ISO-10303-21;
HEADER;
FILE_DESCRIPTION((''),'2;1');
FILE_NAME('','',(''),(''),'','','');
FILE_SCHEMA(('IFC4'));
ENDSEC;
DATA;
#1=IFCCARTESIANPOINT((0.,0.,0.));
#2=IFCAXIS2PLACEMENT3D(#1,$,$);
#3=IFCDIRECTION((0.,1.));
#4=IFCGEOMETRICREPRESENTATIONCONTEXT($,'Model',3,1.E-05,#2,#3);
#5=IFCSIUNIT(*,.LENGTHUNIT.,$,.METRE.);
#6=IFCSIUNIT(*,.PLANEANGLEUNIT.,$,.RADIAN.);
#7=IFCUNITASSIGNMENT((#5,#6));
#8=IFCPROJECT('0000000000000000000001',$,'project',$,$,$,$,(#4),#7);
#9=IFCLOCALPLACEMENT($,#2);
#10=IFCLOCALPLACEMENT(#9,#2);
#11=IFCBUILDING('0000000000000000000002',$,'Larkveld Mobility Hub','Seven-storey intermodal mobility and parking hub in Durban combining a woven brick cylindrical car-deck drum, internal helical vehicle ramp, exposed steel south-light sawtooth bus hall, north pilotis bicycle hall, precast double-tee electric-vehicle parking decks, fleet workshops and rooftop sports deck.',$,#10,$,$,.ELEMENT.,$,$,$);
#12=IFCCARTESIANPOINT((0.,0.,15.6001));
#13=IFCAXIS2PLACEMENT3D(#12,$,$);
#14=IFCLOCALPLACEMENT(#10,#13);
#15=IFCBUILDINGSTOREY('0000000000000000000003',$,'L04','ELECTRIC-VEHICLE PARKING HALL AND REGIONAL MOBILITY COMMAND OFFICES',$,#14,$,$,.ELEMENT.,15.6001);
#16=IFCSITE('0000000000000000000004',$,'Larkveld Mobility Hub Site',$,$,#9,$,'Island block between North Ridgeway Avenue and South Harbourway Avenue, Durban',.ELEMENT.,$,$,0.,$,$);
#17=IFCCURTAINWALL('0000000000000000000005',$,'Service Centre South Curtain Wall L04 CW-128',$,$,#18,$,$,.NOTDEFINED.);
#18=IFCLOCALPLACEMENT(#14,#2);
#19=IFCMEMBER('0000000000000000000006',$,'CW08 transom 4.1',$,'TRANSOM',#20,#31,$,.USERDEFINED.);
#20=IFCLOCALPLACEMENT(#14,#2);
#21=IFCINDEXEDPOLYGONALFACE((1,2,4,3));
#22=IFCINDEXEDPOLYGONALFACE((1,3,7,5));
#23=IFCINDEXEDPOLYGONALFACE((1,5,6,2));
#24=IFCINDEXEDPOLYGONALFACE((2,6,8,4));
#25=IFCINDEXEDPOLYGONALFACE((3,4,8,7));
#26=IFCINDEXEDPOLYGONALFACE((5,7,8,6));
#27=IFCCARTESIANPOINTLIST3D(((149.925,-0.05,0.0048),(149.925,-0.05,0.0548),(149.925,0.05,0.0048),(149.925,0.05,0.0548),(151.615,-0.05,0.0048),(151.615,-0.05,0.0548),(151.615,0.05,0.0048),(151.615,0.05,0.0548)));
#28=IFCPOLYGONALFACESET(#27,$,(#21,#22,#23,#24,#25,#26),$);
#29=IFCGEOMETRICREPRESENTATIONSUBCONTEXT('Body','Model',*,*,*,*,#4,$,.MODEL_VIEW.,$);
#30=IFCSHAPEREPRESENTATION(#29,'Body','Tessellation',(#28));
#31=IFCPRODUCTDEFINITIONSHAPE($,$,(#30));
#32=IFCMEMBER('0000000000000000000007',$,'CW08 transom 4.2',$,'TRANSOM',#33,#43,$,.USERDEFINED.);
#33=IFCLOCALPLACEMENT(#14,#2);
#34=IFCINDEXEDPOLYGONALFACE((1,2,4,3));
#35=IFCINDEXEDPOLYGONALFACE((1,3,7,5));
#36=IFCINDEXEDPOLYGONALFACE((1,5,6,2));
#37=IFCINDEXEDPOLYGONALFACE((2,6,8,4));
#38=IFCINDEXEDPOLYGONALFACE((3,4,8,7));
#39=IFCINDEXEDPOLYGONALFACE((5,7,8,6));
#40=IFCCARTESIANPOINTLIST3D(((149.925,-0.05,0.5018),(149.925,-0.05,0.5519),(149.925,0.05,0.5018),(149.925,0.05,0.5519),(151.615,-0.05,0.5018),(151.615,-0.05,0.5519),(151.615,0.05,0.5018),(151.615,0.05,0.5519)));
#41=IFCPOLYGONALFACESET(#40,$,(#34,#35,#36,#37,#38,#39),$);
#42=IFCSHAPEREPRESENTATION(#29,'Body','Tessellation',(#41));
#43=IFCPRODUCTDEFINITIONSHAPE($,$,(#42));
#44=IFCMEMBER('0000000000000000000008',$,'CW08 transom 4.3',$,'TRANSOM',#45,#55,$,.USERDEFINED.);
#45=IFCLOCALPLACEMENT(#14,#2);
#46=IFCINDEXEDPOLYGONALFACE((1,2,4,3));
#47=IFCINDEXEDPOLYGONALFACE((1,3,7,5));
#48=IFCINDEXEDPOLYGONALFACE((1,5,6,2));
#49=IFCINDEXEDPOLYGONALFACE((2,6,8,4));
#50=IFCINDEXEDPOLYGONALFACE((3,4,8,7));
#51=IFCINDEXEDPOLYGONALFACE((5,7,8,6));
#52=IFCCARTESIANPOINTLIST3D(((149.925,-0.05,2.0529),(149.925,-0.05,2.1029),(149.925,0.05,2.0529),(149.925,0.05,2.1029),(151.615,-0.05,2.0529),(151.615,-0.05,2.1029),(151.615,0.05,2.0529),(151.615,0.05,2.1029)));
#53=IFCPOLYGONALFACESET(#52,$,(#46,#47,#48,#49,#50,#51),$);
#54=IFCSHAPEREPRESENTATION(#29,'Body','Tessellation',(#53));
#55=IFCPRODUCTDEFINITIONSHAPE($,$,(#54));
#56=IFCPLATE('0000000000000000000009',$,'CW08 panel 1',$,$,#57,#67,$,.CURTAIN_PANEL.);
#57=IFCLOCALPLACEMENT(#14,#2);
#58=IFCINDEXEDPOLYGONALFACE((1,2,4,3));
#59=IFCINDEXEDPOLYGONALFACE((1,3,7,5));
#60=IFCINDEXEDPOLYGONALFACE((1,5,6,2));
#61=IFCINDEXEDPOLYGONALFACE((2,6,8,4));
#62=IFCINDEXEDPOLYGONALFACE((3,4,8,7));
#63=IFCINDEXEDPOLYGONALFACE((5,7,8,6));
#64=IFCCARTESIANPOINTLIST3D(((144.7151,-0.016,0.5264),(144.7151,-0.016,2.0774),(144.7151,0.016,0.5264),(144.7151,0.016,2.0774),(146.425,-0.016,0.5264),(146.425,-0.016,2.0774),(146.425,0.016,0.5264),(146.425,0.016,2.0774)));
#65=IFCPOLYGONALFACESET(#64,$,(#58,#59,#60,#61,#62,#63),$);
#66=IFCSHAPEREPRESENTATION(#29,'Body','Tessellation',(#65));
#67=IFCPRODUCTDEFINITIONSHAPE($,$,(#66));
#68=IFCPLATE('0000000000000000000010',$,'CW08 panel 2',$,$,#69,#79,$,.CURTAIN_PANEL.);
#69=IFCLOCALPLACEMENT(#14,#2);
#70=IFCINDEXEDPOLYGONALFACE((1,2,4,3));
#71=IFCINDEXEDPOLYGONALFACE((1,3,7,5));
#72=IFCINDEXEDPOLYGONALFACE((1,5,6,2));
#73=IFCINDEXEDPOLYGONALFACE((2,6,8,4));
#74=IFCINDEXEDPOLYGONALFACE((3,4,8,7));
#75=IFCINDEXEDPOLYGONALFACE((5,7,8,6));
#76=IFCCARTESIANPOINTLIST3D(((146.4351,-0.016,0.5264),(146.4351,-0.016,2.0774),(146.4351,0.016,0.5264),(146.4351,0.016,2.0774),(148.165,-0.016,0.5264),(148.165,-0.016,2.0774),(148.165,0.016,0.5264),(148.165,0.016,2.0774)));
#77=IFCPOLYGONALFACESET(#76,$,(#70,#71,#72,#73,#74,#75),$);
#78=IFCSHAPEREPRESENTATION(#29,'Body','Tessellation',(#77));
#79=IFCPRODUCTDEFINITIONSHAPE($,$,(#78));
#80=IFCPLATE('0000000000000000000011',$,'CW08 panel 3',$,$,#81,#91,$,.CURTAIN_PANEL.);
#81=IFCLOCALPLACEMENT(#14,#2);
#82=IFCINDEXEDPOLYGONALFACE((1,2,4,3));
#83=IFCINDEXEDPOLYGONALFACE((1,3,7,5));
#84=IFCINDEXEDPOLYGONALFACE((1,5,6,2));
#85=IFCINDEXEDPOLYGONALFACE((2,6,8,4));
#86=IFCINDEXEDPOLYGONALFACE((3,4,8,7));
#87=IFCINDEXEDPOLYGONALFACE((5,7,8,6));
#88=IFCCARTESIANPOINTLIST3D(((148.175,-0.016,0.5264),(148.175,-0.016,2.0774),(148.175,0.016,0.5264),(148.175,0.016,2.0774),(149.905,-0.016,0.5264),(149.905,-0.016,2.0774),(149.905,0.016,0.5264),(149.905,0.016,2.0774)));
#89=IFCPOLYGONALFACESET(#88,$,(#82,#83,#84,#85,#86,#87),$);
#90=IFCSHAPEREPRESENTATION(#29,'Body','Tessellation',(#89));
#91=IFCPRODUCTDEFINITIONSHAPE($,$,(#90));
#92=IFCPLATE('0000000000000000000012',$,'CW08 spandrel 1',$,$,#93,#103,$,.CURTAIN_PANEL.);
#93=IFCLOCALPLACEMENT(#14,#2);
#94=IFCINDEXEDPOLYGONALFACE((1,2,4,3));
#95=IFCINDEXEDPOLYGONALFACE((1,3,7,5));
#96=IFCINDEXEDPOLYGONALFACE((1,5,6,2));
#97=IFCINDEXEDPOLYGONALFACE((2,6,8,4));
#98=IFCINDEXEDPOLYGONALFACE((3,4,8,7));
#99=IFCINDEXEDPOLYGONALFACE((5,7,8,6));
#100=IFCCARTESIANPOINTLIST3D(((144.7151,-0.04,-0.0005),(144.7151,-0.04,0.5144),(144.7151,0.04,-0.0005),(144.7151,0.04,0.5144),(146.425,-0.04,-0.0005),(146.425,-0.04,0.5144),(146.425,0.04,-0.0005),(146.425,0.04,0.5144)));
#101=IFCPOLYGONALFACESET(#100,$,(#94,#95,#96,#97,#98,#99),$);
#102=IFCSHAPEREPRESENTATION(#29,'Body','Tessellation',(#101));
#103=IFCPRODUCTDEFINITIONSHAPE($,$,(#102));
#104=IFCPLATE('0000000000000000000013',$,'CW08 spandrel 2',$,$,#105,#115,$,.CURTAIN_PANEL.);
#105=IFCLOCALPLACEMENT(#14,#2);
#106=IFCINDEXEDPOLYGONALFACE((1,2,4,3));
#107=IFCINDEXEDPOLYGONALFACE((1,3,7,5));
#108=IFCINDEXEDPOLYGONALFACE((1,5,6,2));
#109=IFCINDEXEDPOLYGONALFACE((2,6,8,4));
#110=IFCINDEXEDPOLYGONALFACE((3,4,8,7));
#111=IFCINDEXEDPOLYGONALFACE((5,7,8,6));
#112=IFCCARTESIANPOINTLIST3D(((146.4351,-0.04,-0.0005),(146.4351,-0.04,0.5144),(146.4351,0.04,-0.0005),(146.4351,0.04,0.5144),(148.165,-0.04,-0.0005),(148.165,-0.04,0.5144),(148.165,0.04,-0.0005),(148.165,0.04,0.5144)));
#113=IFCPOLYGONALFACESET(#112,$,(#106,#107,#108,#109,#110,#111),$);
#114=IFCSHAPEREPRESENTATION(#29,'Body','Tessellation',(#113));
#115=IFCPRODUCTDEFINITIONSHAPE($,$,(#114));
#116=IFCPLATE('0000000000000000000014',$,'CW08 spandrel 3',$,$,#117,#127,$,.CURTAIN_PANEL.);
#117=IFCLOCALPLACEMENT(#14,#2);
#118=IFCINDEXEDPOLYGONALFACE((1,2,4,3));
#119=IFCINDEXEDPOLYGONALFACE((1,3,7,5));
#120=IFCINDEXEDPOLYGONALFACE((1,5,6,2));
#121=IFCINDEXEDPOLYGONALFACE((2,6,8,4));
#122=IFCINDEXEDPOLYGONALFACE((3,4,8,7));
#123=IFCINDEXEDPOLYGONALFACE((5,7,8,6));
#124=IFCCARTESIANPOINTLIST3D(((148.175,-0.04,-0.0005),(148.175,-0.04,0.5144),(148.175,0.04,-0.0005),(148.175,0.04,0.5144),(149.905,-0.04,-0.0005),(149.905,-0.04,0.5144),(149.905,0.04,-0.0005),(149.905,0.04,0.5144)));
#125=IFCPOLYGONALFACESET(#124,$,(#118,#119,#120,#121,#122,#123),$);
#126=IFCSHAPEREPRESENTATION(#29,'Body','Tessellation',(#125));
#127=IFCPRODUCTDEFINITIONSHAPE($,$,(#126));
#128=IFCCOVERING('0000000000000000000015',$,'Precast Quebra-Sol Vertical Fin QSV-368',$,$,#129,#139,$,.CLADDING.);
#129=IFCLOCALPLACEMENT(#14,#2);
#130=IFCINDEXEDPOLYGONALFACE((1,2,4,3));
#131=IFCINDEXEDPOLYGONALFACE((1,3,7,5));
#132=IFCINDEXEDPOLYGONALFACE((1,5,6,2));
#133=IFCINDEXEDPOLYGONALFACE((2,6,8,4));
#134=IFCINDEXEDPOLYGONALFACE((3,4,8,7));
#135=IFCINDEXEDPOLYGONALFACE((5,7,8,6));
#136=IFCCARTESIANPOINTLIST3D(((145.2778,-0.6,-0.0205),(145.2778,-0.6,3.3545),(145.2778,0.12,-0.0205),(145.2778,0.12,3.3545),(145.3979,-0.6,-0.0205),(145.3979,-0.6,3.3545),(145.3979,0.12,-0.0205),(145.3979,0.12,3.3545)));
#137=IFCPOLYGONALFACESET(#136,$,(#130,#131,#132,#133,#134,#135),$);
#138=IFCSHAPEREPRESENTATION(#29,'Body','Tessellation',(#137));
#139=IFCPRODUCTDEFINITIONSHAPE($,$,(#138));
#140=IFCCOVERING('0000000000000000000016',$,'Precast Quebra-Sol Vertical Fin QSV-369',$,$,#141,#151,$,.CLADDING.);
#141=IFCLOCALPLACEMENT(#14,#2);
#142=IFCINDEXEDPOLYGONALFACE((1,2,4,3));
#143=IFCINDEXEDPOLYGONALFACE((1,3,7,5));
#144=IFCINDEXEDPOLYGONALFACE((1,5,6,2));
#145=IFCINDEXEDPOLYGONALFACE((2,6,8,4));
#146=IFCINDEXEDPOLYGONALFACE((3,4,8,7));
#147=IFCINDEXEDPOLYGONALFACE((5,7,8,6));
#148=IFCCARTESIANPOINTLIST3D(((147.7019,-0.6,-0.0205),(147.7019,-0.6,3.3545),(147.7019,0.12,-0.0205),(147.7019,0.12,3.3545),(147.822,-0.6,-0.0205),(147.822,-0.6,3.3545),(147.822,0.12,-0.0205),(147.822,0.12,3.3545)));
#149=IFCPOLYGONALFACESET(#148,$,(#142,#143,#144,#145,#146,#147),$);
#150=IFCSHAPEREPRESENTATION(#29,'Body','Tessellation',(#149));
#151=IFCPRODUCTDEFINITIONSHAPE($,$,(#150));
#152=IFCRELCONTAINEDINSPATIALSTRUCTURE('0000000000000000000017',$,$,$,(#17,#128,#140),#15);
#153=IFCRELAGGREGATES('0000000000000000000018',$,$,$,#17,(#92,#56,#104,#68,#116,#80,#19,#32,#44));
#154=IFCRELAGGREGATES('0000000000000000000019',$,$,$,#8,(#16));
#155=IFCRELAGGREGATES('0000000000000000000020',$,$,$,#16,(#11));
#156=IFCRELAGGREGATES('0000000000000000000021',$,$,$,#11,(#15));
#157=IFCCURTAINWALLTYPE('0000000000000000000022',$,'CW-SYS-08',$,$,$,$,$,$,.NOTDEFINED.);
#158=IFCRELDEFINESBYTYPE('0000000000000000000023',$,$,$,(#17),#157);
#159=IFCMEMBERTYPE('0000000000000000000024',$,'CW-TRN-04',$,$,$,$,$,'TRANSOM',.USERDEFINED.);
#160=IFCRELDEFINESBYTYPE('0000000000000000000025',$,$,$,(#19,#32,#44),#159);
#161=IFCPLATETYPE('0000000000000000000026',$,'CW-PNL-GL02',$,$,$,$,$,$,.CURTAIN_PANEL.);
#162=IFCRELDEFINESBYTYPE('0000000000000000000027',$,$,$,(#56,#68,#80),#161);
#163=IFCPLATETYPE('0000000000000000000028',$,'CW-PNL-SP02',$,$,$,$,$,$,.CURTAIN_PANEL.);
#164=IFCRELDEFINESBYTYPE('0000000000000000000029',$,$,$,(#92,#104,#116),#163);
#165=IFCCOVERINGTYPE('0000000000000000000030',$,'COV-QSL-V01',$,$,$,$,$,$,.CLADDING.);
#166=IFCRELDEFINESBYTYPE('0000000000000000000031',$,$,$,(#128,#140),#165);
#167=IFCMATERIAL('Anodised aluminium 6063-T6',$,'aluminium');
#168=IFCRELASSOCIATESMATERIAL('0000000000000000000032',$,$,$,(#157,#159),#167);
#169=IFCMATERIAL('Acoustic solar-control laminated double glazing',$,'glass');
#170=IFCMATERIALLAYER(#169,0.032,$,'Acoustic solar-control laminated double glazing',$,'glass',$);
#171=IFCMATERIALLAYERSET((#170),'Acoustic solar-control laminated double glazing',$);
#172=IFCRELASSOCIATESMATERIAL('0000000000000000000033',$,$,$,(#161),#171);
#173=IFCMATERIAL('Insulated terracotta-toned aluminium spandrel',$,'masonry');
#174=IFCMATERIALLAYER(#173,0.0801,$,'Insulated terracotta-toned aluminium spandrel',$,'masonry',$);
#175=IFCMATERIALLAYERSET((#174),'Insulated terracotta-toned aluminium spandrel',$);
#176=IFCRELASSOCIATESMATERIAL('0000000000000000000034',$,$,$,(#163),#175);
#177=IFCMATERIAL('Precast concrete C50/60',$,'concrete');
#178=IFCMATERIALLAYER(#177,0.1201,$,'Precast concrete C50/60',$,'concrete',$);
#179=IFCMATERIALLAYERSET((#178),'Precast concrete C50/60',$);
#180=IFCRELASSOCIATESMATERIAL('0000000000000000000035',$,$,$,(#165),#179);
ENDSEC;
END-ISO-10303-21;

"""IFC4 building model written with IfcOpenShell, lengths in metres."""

from ifc_helpers import new_model, si_unit, direction, frame, origin, origin_2d, place, context, subcontext, project, spatial, rectangle, extrude, material, layer, layer_set, material_profile, profile_set, type_object, element, aggregate, save


model = new_model("IFC4")

# Units and contexts
model_context = context("Model", 3, precision=1e-05, world=origin(), true_north=direction((0.0, 1.0)))
body_context = subcontext(model_context, "Body", "Model", "MODEL_VIEW")
ifc_project = project(units=[si_unit("LENGTHUNIT", "METRE"), si_unit("PLANEANGLEUNIT", "RADIAN")], contexts=[model_context])

# Site, building, storey
site_placement = place(None, origin())
site = spatial("IfcSite", under=ifc_project, at=site_placement, Name="Larkveld Mobility Hub Site", LongName="Island block between North Ridgeway Avenue and South Harbourway Avenue, Durban", CompositionType="ELEMENT", RefElevation=0.0)
building_placement = place(site_placement, origin())
building = spatial("IfcBuilding", under=site, at=building_placement, Name="Larkveld Mobility Hub", Description="Seven-storey intermodal mobility and parking hub in Durban combining a woven brick cylindrical car-deck drum, internal helical vehicle ramp, exposed steel south-light sawtooth bus hall, north pilotis bicycle hall, precast double-tee electric-vehicle parking decks, fleet workshops and rooftop sports deck.", CompositionType="ELEMENT")
storey_placement = place(building_placement, frame((0.0, 0.0, 15.6001)))
storey = spatial("IfcBuildingStorey", under=building, at=storey_placement, Name="L04", Description="ELECTRIC-VEHICLE PARKING HALL AND REGIONAL MOBILITY COMMAND OFFICES", CompositionType="ELEMENT", Elevation=15.6001)

# Shared definitions
ifc_material_1 = material(Name="Precast concrete C50/60", Category="concrete")

# Curtain wall, members, plates
ifc_material_2 = material(Name="Anodised aluminium 6063-T6", Category="aluminium")
curtain_wall_type = type_object("IfcCurtainWallType", Name="CW-SYS-08", PredefinedType="NOTDEFINED", material=ifc_material_2)
curtain_wall_placement = place(storey_placement, origin())
curtain_wall = element("IfcCurtainWall", 1, at=curtain_wall_placement, inside=storey, type_object=curtain_wall_type, Name="Service Centre South Curtain Wall L04 CW-128", PredefinedType="NOTDEFINED")
ifc_material_profile_1 = material_profile(ifc_material_2, rectangle(XDim=0.1001, YDim=0.05, at=origin_2d()), Name="ALU TRAN 50x100")
ifc_profile_set_1 = profile_set([ifc_material_profile_1], Name="Anodised aluminium 6063-T6")
member_type_1 = type_object("IfcMemberType", Name="CW-TRN-04", ElementType="TRANSOM", PredefinedType="USERDEFINED", material=ifc_profile_set_1)
member_1_placement = place(storey_placement, frame((149.925, 0.0, 0.0298), z_axis=(1.0, 0.0, 0.0), x_axis=(0.0, 1.0, 0.0)))
member_1 = element("IfcMember", 2, at=member_1_placement, type_object=member_type_1, Name="CW08 transom 4.1", ObjectType="TRANSOM", PredefinedType="USERDEFINED", context=body_context, shape_type="SweptSolid", body=[
    extrude(rectangle(XDim=0.1001, YDim=0.05, at=origin_2d()), origin(), (0.0, 0.0, 1.0), 1.6899),
])
member_2_placement = place(storey_placement, frame((149.925, 0.0, 0.5269), z_axis=(1.0, 0.0, 0.0), x_axis=(0.0, 1.0, 0.0)))
member_2 = element("IfcMember", 3, at=member_2_placement, type_object=member_type_1, Name="CW08 transom 4.2", ObjectType="TRANSOM", PredefinedType="USERDEFINED", context=body_context, shape_type="SweptSolid", body=[
    extrude(rectangle(XDim=0.1001, YDim=0.05, at=origin_2d()), origin(), (0.0, 0.0, 1.0), 1.6899),
])
member_3_placement = place(storey_placement, frame((149.925, 0.0, 2.0779), z_axis=(1.0, 0.0, 0.0), x_axis=(0.0, 1.0, 0.0)))
member_3 = element("IfcMember", 4, at=member_3_placement, type_object=member_type_1, Name="CW08 transom 4.3", ObjectType="TRANSOM", PredefinedType="USERDEFINED", context=body_context, shape_type="SweptSolid", body=[
    extrude(rectangle(XDim=0.1001, YDim=0.05, at=origin_2d()), origin(), (0.0, 0.0, 1.0), 1.6899),
])
ifc_material_3 = material(Name="Acoustic solar-control laminated double glazing", Category="glass")
ifc_layer_1 = layer(ifc_material_3, 0.032, Name="Acoustic solar-control laminated double glazing", Category="glass")
ifc_layer_set_1 = layer_set([ifc_layer_1], Name="Acoustic solar-control laminated double glazing")
plate_type_1 = type_object("IfcPlateType", Name="CW-PNL-GL02", PredefinedType="CURTAIN_PANEL", material=ifc_layer_set_1)
plate_1_placement = place(storey_placement, frame((145.5701, 0.0, 0.5264), z_axis=(0.0, 0.0, 1.0), x_axis=(1.0, 0.0, 0.0)))
plate_1 = element("IfcPlate", 5, at=plate_1_placement, type_object=plate_type_1, Name="CW08 panel 1", PredefinedType="CURTAIN_PANEL", context=body_context, shape_type="SweptSolid", body=[
    extrude(rectangle(XDim=1.71, YDim=0.032, at=origin_2d()), origin(), (0.0, 0.0, 1.0), 1.551),
])
plate_2_placement = place(storey_placement, frame((147.3, 0.0, 0.5264), z_axis=(0.0, 0.0, 1.0), x_axis=(1.0, 0.0, 0.0)))
plate_2 = element("IfcPlate", 6, at=plate_2_placement, type_object=plate_type_1, Name="CW08 panel 2", PredefinedType="CURTAIN_PANEL", context=body_context, shape_type="SweptSolid", body=[
    extrude(rectangle(XDim=1.73, YDim=0.032, at=origin_2d()), origin(), (0.0, 0.0, 1.0), 1.551),
])
plate_3_placement = place(storey_placement, frame((149.04, 0.0, 0.5264), z_axis=(0.0, 0.0, 1.0), x_axis=(1.0, 0.0, 0.0)))
plate_3 = element("IfcPlate", 7, at=plate_3_placement, type_object=plate_type_1, Name="CW08 panel 3", PredefinedType="CURTAIN_PANEL", context=body_context, shape_type="SweptSolid", body=[
    extrude(rectangle(XDim=1.73, YDim=0.032, at=origin_2d()), origin(), (0.0, 0.0, 1.0), 1.551),
])
ifc_material_4 = material(Name="Insulated terracotta-toned aluminium spandrel", Category="masonry")
ifc_layer_2 = layer(ifc_material_4, 0.0801, Name="Insulated terracotta-toned aluminium spandrel", Category="masonry")
ifc_layer_set_2 = layer_set([ifc_layer_2], Name="Insulated terracotta-toned aluminium spandrel")
plate_type_2 = type_object("IfcPlateType", Name="CW-PNL-SP02", PredefinedType="CURTAIN_PANEL", material=ifc_layer_set_2)
plate_4_placement = place(storey_placement, frame((145.5701, 0.0, -0.0005), z_axis=(0.0, 0.0, 1.0), x_axis=(1.0, 0.0, 0.0)))
plate_4 = element("IfcPlate", 8, at=plate_4_placement, type_object=plate_type_2, Name="CW08 spandrel 1", PredefinedType="CURTAIN_PANEL", context=body_context, shape_type="SweptSolid", body=[
    extrude(rectangle(XDim=1.71, YDim=0.0801, at=origin_2d()), origin(), (0.0, 0.0, 1.0), 0.5149),
])
plate_5_placement = place(storey_placement, frame((147.3, 0.0, -0.0005), z_axis=(0.0, 0.0, 1.0), x_axis=(1.0, 0.0, 0.0)))
plate_5 = element("IfcPlate", 9, at=plate_5_placement, type_object=plate_type_2, Name="CW08 spandrel 2", PredefinedType="CURTAIN_PANEL", context=body_context, shape_type="SweptSolid", body=[
    extrude(rectangle(XDim=1.73, YDim=0.0801, at=origin_2d()), origin(), (0.0, 0.0, 1.0), 0.5149),
])
plate_6_placement = place(storey_placement, frame((149.04, 0.0, -0.0005), z_axis=(0.0, 0.0, 1.0), x_axis=(1.0, 0.0, 0.0)))
plate_6 = element("IfcPlate", 10, at=plate_6_placement, type_object=plate_type_2, Name="CW08 spandrel 3", PredefinedType="CURTAIN_PANEL", context=body_context, shape_type="SweptSolid", body=[
    extrude(rectangle(XDim=1.73, YDim=0.0801, at=origin_2d()), origin(), (0.0, 0.0, 1.0), 0.5149),
])
aggregate(curtain_wall, [plate_4, plate_1, plate_5, plate_2, plate_6, plate_3, member_1, member_2, member_3])

# Coverings
ifc_layer_3 = layer(ifc_material_1, 0.1201, Name="Precast concrete C50/60", Category="concrete")
ifc_layer_set_3 = layer_set([ifc_layer_3], Name="Precast concrete C50/60")
covering_type = type_object("IfcCoveringType", Name="COV-QSL-V01", PredefinedType="CLADDING", material=ifc_layer_set_3)
for number, where, z_axis, x_axis, name in (
    (11, (145.3379, -0.24, -0.0205), (0.0, 0.0, 1.0), (1.0, 0.0, 0.0), "Precast Quebra-Sol Vertical Fin QSV-368"),
    (12, (147.762, -0.24, -0.0205), (0.0, 0.0, 1.0), (1.0, 0.0, 0.0), "Precast Quebra-Sol Vertical Fin QSV-369"),
):
    element("IfcCovering", number, at=place(storey_placement, frame(where, z_axis=z_axis, x_axis=x_axis)), inside=storey, type_object=covering_type, Name=name, PredefinedType="CLADDING", context=body_context, shape_type="SweptSolid", body=[
        extrude(rectangle(XDim=0.1201, YDim=0.72, at=origin_2d()), origin(), (0.0, 0.0, 1.0), 3.375),
    ])

save(model, "model.ifc")
